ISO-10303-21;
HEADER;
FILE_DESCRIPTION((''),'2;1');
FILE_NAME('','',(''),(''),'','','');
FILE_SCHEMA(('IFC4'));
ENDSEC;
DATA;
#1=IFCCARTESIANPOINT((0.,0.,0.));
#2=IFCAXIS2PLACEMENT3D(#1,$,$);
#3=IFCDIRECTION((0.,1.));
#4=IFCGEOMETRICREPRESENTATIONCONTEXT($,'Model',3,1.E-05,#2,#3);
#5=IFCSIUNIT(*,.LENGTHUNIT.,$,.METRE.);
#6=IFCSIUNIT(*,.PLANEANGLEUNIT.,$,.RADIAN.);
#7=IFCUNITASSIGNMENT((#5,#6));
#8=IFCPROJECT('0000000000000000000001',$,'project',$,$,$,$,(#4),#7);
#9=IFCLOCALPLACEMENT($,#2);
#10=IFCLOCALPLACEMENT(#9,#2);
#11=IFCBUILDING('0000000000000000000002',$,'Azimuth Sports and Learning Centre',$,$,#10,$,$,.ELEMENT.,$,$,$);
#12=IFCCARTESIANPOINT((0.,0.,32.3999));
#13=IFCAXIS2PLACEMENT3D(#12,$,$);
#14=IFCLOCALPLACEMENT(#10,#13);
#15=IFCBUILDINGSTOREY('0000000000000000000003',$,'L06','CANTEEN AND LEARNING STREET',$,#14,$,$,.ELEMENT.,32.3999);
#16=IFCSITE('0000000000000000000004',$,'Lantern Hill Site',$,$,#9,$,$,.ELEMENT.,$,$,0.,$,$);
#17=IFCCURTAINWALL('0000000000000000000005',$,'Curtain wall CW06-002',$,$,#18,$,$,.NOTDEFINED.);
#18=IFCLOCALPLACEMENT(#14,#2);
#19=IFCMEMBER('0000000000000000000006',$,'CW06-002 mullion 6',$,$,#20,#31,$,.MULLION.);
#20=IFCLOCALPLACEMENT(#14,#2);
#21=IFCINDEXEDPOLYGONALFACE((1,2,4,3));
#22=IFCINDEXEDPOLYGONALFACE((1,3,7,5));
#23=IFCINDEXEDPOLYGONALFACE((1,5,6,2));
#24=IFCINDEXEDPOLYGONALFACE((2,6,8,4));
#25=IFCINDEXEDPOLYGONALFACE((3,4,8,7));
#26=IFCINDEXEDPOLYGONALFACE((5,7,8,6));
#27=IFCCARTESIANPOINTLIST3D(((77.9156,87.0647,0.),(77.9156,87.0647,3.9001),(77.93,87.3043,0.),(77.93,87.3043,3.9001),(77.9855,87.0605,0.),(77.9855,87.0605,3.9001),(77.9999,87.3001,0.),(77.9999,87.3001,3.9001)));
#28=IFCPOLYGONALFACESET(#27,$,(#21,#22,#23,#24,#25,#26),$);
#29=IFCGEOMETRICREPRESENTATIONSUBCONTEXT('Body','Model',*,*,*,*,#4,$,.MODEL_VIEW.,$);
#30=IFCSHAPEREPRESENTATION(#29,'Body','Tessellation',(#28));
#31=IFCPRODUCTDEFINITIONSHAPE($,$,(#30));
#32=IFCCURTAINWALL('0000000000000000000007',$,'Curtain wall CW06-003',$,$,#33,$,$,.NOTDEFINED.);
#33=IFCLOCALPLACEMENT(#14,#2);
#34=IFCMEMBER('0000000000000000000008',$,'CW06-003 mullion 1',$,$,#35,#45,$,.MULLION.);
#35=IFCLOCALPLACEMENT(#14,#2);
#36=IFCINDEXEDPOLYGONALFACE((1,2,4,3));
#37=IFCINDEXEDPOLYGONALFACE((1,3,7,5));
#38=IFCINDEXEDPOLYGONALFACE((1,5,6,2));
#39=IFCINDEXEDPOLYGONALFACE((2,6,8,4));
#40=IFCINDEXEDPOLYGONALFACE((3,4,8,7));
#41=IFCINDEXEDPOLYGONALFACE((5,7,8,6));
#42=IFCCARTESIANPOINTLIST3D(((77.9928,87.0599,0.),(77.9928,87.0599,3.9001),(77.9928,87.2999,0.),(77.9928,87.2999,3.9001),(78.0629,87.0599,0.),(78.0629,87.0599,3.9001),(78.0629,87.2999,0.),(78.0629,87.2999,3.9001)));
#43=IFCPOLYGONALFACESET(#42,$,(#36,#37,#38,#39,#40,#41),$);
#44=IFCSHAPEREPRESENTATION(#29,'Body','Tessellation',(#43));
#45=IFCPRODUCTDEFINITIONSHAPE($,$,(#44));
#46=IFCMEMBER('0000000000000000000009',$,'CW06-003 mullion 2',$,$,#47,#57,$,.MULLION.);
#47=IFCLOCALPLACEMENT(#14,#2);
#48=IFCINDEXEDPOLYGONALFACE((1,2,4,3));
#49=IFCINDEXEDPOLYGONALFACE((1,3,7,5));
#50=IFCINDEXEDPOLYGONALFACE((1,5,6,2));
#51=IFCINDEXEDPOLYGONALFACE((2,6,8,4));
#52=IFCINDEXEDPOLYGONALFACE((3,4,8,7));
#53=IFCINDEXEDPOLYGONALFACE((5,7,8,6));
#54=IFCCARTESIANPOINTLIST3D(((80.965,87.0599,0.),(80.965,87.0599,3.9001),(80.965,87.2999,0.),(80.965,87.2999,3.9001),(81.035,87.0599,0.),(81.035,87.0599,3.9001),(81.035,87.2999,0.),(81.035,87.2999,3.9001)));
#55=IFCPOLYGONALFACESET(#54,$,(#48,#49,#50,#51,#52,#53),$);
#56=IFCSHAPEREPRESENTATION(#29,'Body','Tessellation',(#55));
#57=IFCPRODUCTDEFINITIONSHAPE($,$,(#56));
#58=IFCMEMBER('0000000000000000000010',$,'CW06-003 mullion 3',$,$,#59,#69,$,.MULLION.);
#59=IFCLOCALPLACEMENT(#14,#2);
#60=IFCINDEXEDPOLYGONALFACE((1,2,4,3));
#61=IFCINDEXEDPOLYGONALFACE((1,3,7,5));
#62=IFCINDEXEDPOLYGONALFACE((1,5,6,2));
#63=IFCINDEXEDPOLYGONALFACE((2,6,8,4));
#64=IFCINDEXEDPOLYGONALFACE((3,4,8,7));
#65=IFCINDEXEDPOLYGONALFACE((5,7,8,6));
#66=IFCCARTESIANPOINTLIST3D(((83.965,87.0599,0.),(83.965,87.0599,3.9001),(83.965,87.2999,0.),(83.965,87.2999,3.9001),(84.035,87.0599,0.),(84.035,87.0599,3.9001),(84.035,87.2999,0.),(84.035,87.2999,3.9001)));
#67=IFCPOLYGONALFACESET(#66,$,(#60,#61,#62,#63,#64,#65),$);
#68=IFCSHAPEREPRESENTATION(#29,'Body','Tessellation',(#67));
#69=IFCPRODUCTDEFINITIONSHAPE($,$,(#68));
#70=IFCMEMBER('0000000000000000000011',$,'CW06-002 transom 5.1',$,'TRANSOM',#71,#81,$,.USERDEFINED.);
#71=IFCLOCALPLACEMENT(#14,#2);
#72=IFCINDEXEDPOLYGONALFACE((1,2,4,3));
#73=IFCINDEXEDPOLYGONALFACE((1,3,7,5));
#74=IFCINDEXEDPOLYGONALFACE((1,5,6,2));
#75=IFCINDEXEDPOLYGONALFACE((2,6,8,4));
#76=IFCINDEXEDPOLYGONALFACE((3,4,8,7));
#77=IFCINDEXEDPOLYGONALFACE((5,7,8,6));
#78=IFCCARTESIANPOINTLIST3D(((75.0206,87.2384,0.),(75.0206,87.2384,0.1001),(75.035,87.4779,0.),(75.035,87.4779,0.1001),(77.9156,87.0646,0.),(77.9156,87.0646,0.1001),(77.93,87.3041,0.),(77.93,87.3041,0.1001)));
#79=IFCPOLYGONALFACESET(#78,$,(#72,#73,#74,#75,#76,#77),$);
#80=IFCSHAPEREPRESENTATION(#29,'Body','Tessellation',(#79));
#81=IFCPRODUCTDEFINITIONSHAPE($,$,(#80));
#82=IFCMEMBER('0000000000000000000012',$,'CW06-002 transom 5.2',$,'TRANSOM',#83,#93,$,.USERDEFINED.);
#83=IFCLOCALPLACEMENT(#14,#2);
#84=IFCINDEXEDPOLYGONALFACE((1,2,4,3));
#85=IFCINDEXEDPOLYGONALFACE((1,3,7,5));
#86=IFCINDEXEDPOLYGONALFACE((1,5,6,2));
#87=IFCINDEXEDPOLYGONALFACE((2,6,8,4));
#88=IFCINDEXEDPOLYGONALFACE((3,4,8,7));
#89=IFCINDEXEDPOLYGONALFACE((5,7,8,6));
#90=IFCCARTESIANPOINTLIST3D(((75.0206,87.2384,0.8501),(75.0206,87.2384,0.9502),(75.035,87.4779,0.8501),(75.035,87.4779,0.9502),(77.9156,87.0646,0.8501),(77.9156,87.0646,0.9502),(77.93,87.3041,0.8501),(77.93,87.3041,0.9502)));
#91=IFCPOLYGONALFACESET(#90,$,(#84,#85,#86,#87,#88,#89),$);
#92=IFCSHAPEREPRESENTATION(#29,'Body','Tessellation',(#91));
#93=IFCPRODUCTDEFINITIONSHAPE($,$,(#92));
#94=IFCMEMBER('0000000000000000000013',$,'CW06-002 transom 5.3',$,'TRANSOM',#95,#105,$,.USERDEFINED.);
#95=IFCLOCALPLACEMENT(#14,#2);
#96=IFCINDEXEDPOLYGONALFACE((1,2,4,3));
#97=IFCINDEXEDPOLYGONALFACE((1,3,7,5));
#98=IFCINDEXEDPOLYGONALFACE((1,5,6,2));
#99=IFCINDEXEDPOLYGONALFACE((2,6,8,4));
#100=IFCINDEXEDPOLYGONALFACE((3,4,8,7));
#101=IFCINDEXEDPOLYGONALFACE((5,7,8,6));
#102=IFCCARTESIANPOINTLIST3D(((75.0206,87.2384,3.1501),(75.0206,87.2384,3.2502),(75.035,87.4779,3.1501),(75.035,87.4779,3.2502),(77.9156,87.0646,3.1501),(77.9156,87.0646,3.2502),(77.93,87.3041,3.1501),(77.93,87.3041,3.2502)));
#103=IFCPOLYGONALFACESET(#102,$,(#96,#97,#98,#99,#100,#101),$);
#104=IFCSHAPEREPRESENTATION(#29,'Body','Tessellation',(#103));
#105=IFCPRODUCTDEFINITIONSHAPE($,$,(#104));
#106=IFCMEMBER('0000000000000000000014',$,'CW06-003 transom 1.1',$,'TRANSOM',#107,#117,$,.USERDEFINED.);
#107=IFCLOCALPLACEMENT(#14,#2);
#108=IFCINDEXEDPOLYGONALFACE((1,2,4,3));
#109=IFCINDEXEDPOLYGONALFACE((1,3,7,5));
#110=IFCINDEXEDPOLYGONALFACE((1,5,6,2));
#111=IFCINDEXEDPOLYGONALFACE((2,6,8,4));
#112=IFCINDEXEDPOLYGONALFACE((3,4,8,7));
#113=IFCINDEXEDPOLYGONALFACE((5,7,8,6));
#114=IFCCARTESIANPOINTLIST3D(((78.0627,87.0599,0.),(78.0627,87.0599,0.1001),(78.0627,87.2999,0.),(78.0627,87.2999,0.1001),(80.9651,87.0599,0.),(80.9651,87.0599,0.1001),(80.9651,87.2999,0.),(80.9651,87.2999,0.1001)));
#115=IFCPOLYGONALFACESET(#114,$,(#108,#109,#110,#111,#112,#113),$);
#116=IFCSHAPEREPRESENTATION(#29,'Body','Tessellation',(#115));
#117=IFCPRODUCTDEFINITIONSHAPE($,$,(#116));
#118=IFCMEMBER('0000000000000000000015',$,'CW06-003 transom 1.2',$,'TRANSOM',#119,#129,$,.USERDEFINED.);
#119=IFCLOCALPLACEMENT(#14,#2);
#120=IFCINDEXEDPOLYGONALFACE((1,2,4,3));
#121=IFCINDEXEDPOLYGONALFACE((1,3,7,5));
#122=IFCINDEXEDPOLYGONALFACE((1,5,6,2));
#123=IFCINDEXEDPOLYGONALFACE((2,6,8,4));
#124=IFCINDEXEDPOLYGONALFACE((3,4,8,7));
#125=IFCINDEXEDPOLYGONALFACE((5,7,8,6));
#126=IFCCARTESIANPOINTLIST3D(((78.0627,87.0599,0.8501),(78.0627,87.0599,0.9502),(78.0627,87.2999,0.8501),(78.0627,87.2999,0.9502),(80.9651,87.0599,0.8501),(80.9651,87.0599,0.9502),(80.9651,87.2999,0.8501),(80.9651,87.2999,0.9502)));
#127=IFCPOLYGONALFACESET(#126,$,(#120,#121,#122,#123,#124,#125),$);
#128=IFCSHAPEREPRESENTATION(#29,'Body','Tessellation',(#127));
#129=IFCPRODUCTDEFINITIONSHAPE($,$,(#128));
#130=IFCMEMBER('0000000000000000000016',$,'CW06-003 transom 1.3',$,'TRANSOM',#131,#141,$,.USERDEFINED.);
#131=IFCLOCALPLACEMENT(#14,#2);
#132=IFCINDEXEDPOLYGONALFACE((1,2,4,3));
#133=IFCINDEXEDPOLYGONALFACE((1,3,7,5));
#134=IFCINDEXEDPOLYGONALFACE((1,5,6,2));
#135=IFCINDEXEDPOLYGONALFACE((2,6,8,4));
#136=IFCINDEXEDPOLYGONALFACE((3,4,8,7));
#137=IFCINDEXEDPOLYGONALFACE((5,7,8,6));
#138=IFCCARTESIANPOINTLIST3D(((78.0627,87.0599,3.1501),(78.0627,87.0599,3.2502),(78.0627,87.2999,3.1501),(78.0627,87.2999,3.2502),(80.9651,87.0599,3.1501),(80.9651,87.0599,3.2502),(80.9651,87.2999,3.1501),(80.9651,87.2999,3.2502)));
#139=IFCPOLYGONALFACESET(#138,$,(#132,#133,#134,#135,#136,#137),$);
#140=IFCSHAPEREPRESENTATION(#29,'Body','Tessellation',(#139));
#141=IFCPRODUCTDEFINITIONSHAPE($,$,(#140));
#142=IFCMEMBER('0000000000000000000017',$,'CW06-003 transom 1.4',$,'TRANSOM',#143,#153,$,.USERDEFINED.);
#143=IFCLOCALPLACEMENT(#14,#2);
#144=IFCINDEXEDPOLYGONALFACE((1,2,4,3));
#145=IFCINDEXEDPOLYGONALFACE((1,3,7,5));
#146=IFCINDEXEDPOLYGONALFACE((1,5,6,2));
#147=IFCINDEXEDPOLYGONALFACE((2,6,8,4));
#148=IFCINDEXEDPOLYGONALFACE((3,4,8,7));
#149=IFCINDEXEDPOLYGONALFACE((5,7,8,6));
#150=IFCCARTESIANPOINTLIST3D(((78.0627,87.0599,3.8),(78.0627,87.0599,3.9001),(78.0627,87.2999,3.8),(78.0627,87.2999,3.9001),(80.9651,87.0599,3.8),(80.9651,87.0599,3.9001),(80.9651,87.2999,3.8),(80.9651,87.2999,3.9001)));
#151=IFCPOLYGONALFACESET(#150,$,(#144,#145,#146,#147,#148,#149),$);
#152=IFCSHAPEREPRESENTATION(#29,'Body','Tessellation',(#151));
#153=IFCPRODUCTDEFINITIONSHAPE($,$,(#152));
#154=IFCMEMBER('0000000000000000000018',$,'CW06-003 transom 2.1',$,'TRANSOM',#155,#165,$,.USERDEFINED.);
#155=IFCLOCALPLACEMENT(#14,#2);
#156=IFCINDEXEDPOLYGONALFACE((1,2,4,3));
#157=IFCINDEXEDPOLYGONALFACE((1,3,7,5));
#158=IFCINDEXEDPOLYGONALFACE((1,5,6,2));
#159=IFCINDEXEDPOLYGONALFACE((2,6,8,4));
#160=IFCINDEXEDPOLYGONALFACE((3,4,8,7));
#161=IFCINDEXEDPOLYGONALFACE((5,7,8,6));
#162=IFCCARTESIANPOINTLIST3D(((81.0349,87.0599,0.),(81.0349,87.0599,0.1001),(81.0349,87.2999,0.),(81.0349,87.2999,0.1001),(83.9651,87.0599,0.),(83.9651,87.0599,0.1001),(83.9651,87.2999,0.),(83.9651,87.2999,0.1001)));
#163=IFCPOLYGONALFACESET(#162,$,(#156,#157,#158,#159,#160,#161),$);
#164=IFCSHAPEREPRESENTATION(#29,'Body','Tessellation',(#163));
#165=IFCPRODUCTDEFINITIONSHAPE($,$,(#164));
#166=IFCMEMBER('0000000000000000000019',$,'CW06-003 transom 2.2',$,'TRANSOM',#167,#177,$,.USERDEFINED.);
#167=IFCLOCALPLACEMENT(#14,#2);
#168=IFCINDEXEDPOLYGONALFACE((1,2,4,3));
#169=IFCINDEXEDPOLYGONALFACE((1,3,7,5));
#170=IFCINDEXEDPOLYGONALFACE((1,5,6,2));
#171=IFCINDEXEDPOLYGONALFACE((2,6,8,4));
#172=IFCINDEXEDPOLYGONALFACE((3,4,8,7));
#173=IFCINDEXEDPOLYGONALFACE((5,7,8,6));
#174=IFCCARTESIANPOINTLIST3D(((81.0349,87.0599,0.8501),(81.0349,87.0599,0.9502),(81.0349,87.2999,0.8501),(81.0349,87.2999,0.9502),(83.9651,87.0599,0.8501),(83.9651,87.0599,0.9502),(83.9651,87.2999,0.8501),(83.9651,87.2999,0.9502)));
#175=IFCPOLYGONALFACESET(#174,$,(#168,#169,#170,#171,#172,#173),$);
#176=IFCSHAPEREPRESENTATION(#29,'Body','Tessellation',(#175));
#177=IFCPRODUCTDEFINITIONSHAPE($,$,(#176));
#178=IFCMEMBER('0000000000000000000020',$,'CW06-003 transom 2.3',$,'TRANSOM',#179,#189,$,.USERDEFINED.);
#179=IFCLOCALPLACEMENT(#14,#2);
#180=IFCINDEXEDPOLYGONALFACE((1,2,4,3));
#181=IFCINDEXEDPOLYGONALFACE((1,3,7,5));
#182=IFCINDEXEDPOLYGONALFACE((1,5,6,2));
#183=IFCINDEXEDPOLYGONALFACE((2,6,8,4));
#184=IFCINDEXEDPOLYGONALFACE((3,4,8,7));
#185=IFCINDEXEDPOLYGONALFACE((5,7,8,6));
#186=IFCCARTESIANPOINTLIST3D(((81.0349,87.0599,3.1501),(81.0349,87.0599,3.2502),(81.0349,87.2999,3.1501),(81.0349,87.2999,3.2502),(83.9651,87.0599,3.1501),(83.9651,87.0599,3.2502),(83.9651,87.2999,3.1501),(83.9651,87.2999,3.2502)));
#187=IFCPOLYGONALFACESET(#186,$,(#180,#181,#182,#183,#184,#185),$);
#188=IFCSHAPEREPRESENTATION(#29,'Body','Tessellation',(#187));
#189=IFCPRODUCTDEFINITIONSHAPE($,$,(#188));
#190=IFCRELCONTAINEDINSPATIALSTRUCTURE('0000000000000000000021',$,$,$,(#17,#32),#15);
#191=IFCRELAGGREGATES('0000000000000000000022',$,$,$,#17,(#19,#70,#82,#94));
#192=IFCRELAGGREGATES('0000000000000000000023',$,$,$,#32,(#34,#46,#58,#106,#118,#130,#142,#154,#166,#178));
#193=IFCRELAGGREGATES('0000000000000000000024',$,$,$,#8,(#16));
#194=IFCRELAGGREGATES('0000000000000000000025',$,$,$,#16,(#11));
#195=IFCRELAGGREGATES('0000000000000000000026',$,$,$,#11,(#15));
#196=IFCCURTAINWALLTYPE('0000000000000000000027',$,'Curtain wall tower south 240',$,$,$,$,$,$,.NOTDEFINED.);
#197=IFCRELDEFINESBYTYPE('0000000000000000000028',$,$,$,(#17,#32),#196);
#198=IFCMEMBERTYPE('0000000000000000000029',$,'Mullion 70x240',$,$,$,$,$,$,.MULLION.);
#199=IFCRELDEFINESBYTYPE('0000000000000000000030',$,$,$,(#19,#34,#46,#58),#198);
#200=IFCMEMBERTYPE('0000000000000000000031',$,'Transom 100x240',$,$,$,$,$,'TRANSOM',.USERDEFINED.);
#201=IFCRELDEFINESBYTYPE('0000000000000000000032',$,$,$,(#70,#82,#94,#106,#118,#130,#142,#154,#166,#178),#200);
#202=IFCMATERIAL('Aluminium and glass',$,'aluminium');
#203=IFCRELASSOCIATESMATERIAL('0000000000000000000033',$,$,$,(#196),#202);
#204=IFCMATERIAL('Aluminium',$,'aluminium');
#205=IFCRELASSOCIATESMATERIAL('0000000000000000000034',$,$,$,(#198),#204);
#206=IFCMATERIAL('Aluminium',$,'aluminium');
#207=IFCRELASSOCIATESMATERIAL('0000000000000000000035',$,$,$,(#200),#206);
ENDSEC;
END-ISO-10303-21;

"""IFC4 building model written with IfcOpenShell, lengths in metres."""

from ifc_helpers import new_model, si_unit, direction, frame, origin, origin_2d, place, context, subcontext, project, spatial, rectangle, extrude, material, material_profile, profile_set, type_object, element, aggregate, save


model = new_model("IFC4")

# Units and contexts
model_context = context("Model", 3, precision=1e-05, world=origin(), true_north=direction((0.0, 1.0)))
body_context = subcontext(model_context, "Body", "Model", "MODEL_VIEW")
ifc_project = project(units=[si_unit("LENGTHUNIT", "METRE"), si_unit("PLANEANGLEUNIT", "RADIAN")], contexts=[model_context])

# Site, building, storey
site_placement = place(None, origin())
site = spatial("IfcSite", under=ifc_project, at=site_placement, Name="Lantern Hill Site", CompositionType="ELEMENT", RefElevation=0.0)
building_placement = place(site_placement, origin())
building = spatial("IfcBuilding", under=site, at=building_placement, Name="Azimuth Sports and Learning Centre", CompositionType="ELEMENT")
storey_placement = place(building_placement, frame((0.0, 0.0, 32.3999)))
storey = spatial("IfcBuildingStorey", under=building, at=storey_placement, Name="L06", Description="CANTEEN AND LEARNING STREET", CompositionType="ELEMENT", Elevation=32.3999)

# Curtain wall, member
ifc_material_1 = material(Name="Aluminium and glass", Category="aluminium")
curtain_wall_type = type_object("IfcCurtainWallType", Name="Curtain wall tower south 240", PredefinedType="NOTDEFINED", material=ifc_material_1)
curtain_wall_1_placement = place(storey_placement, origin())
curtain_wall_1 = element("IfcCurtainWall", 1, at=curtain_wall_1_placement, inside=storey, type_object=curtain_wall_type, Name="Curtain wall CW06-002", PredefinedType="NOTDEFINED")
ifc_material_2 = material(Name="Aluminium", Category="aluminium")
ifc_material_profile_1 = material_profile(ifc_material_2, rectangle(XDim=0.24, YDim=0.0701, at=origin_2d()), Name="Mullion 70x240")
ifc_profile_set_1 = profile_set([ifc_material_profile_1], Name="Aluminium")
member_type_1 = type_object("IfcMemberType", Name="Mullion 70x240", PredefinedType="MULLION", material=ifc_profile_set_1)
member_1_placement = place(storey_placement, frame((77.9578, 87.1824, 0.0), z_axis=(0.0, 0.0, 1.0), x_axis=(0.059892, 0.998205, 0.0)))
member_1 = element("IfcMember", 2, at=member_1_placement, type_object=member_type_1, Name="CW06-002 mullion 6", PredefinedType="MULLION", context=body_context, shape_type="SweptSolid", body=[
    extrude(rectangle(XDim=0.24, YDim=0.0701, at=origin_2d()), origin(), (0.0, 0.0, 1.0), 3.9001),
])

# Curtain wall, members
curtain_wall_2_placement = place(storey_placement, origin())
curtain_wall_2 = element("IfcCurtainWall", 3, at=curtain_wall_2_placement, inside=storey, type_object=curtain_wall_type, Name="Curtain wall CW06-003", PredefinedType="NOTDEFINED")
member_2_placement = place(storey_placement, frame((78.0278, 87.1799, 0.0), z_axis=(0.0, 0.0, 1.0), x_axis=(0.0, 1.0, 0.0)))
member_2 = element("IfcMember", 4, at=member_2_placement, type_object=member_type_1, Name="CW06-003 mullion 1", PredefinedType="MULLION", context=body_context, shape_type="SweptSolid", body=[
    extrude(rectangle(XDim=0.24, YDim=0.0701, at=origin_2d()), origin(), (0.0, 0.0, 1.0), 3.9001),
])
member_3_placement = place(storey_placement, frame((81.0, 87.1799, 0.0), z_axis=(0.0, 0.0, 1.0), x_axis=(0.0, 1.0, 0.0)))
member_3 = element("IfcMember", 5, at=member_3_placement, type_object=member_type_1, Name="CW06-003 mullion 2", PredefinedType="MULLION", context=body_context, shape_type="SweptSolid", body=[
    extrude(rectangle(XDim=0.24, YDim=0.0701, at=origin_2d()), origin(), (0.0, 0.0, 1.0), 3.9001),
])
member_4_placement = place(storey_placement, frame((84.0, 87.1799, 0.0), z_axis=(0.0, 0.0, 1.0), x_axis=(0.0, 1.0, 0.0)))
member_4 = element("IfcMember", 6, at=member_4_placement, type_object=member_type_1, Name="CW06-003 mullion 3", PredefinedType="MULLION", context=body_context, shape_type="SweptSolid", body=[
    extrude(rectangle(XDim=0.24, YDim=0.0701, at=origin_2d()), origin(), (0.0, 0.0, 1.0), 3.9001),
])

# Members
ifc_material_3 = material(Name="Aluminium", Category="aluminium")
ifc_material_profile_2 = material_profile(ifc_material_3, rectangle(XDim=0.24, YDim=0.1001, at=origin_2d()), Name="Transom 100x240")
ifc_profile_set_2 = profile_set([ifc_material_profile_2], Name="Aluminium")
member_type_2 = type_object("IfcMemberType", Name="Transom 100x240", ElementType="TRANSOM", PredefinedType="USERDEFINED", material=ifc_profile_set_2)
member_5_placement = place(storey_placement, frame((75.0278, 87.3582, 0.05), z_axis=(0.998202, -0.059936, 0.0), x_axis=(0.059936, 0.998202, 0.0)))
member_5 = element("IfcMember", 7, at=member_5_placement, type_object=member_type_2, Name="CW06-002 transom 5.1", ObjectType="TRANSOM", PredefinedType="USERDEFINED", context=body_context, shape_type="SweptSolid", body=[
    extrude(rectangle(XDim=0.24, YDim=0.1001, at=origin_2d()), origin(), (0.0, 0.0, 1.0), 2.9001),
])
member_6_placement = place(storey_placement, frame((75.0278, 87.3582, 0.9001), z_axis=(0.998202, -0.059936, 0.0), x_axis=(0.059936, 0.998202, 0.0)))
member_6 = element("IfcMember", 8, at=member_6_placement, type_object=member_type_2, Name="CW06-002 transom 5.2", ObjectType="TRANSOM", PredefinedType="USERDEFINED", context=body_context, shape_type="SweptSolid", body=[
    extrude(rectangle(XDim=0.24, YDim=0.1001, at=origin_2d()), origin(), (0.0, 0.0, 1.0), 2.9001),
])
member_7_placement = place(storey_placement, frame((75.0278, 87.3582, 3.2002), z_axis=(0.998202, -0.059936, 0.0), x_axis=(0.059936, 0.998202, 0.0)))
member_7 = element("IfcMember", 9, at=member_7_placement, type_object=member_type_2, Name="CW06-002 transom 5.3", ObjectType="TRANSOM", PredefinedType="USERDEFINED", context=body_context, shape_type="SweptSolid", body=[
    extrude(rectangle(XDim=0.24, YDim=0.1001, at=origin_2d()), origin(), (0.0, 0.0, 1.0), 2.9001),
])
member_8_placement = place(storey_placement, frame((78.0627, 87.1799, 0.05), z_axis=(1.0, 0.0, 0.0), x_axis=(0.0, 1.0, 0.0)))
member_8 = element("IfcMember", 10, at=member_8_placement, type_object=member_type_2, Name="CW06-003 transom 1.1", ObjectType="TRANSOM", PredefinedType="USERDEFINED", context=body_context, shape_type="SweptSolid", body=[
    extrude(rectangle(XDim=0.24, YDim=0.1001, at=origin_2d()), origin(), (0.0, 0.0, 1.0), 2.9023),
])
member_9_placement = place(storey_placement, frame((78.0627, 87.1799, 0.9001), z_axis=(1.0, 0.0, 0.0), x_axis=(0.0, 1.0, 0.0)))
member_9 = element("IfcMember", 11, at=member_9_placement, type_object=member_type_2, Name="CW06-003 transom 1.2", ObjectType="TRANSOM", PredefinedType="USERDEFINED", context=body_context, shape_type="SweptSolid", body=[
    extrude(rectangle(XDim=0.24, YDim=0.1001, at=origin_2d()), origin(), (0.0, 0.0, 1.0), 2.9023),
])
member_10_placement = place(storey_placement, frame((78.0627, 87.1799, 3.2002), z_axis=(1.0, 0.0, 0.0), x_axis=(0.0, 1.0, 0.0)))
member_10 = element("IfcMember", 12, at=member_10_placement, type_object=member_type_2, Name="CW06-003 transom 1.3", ObjectType="TRANSOM", PredefinedType="USERDEFINED", context=body_context, shape_type="SweptSolid", body=[
    extrude(rectangle(XDim=0.24, YDim=0.1001, at=origin_2d()), origin(), (0.0, 0.0, 1.0), 2.9023),
])
member_11_placement = place(storey_placement, frame((78.0627, 87.1799, 3.8501), z_axis=(1.0, 0.0, 0.0), x_axis=(0.0, 1.0, 0.0)))
member_11 = element("IfcMember", 13, at=member_11_placement, type_object=member_type_2, Name="CW06-003 transom 1.4", ObjectType="TRANSOM", PredefinedType="USERDEFINED", context=body_context, shape_type="SweptSolid", body=[
    extrude(rectangle(XDim=0.24, YDim=0.1001, at=origin_2d()), origin(), (0.0, 0.0, 1.0), 2.9023),
])
member_12_placement = place(storey_placement, frame((81.0349, 87.1799, 0.05), z_axis=(1.0, 0.0, 0.0), x_axis=(0.0, 1.0, 0.0)))
member_12 = element("IfcMember", 14, at=member_12_placement, type_object=member_type_2, Name="CW06-003 transom 2.1", ObjectType="TRANSOM", PredefinedType="USERDEFINED", context=body_context, shape_type="SweptSolid", body=[
    extrude(rectangle(XDim=0.24, YDim=0.1001, at=origin_2d()), origin(), (0.0, 0.0, 1.0), 2.9302),
])
member_13_placement = place(storey_placement, frame((81.0349, 87.1799, 0.9001), z_axis=(1.0, 0.0, 0.0), x_axis=(0.0, 1.0, 0.0)))
member_13 = element("IfcMember", 15, at=member_13_placement, type_object=member_type_2, Name="CW06-003 transom 2.2", ObjectType="TRANSOM", PredefinedType="USERDEFINED", context=body_context, shape_type="SweptSolid", body=[
    extrude(rectangle(XDim=0.24, YDim=0.1001, at=origin_2d()), origin(), (0.0, 0.0, 1.0), 2.9302),
])
member_14_placement = place(storey_placement, frame((81.0349, 87.1799, 3.2002), z_axis=(1.0, 0.0, 0.0), x_axis=(0.0, 1.0, 0.0)))
member_14 = element("IfcMember", 16, at=member_14_placement, type_object=member_type_2, Name="CW06-003 transom 2.3", ObjectType="TRANSOM", PredefinedType="USERDEFINED", context=body_context, shape_type="SweptSolid", body=[
    extrude(rectangle(XDim=0.24, YDim=0.1001, at=origin_2d()), origin(), (0.0, 0.0, 1.0), 2.9302),
])

aggregate(curtain_wall_1, [member_1, member_5, member_6, member_7])
aggregate(curtain_wall_2, [member_2, member_3, member_4, member_8, member_9, member_10, member_11, member_12, member_13, member_14])

save(model, "model.ifc")
